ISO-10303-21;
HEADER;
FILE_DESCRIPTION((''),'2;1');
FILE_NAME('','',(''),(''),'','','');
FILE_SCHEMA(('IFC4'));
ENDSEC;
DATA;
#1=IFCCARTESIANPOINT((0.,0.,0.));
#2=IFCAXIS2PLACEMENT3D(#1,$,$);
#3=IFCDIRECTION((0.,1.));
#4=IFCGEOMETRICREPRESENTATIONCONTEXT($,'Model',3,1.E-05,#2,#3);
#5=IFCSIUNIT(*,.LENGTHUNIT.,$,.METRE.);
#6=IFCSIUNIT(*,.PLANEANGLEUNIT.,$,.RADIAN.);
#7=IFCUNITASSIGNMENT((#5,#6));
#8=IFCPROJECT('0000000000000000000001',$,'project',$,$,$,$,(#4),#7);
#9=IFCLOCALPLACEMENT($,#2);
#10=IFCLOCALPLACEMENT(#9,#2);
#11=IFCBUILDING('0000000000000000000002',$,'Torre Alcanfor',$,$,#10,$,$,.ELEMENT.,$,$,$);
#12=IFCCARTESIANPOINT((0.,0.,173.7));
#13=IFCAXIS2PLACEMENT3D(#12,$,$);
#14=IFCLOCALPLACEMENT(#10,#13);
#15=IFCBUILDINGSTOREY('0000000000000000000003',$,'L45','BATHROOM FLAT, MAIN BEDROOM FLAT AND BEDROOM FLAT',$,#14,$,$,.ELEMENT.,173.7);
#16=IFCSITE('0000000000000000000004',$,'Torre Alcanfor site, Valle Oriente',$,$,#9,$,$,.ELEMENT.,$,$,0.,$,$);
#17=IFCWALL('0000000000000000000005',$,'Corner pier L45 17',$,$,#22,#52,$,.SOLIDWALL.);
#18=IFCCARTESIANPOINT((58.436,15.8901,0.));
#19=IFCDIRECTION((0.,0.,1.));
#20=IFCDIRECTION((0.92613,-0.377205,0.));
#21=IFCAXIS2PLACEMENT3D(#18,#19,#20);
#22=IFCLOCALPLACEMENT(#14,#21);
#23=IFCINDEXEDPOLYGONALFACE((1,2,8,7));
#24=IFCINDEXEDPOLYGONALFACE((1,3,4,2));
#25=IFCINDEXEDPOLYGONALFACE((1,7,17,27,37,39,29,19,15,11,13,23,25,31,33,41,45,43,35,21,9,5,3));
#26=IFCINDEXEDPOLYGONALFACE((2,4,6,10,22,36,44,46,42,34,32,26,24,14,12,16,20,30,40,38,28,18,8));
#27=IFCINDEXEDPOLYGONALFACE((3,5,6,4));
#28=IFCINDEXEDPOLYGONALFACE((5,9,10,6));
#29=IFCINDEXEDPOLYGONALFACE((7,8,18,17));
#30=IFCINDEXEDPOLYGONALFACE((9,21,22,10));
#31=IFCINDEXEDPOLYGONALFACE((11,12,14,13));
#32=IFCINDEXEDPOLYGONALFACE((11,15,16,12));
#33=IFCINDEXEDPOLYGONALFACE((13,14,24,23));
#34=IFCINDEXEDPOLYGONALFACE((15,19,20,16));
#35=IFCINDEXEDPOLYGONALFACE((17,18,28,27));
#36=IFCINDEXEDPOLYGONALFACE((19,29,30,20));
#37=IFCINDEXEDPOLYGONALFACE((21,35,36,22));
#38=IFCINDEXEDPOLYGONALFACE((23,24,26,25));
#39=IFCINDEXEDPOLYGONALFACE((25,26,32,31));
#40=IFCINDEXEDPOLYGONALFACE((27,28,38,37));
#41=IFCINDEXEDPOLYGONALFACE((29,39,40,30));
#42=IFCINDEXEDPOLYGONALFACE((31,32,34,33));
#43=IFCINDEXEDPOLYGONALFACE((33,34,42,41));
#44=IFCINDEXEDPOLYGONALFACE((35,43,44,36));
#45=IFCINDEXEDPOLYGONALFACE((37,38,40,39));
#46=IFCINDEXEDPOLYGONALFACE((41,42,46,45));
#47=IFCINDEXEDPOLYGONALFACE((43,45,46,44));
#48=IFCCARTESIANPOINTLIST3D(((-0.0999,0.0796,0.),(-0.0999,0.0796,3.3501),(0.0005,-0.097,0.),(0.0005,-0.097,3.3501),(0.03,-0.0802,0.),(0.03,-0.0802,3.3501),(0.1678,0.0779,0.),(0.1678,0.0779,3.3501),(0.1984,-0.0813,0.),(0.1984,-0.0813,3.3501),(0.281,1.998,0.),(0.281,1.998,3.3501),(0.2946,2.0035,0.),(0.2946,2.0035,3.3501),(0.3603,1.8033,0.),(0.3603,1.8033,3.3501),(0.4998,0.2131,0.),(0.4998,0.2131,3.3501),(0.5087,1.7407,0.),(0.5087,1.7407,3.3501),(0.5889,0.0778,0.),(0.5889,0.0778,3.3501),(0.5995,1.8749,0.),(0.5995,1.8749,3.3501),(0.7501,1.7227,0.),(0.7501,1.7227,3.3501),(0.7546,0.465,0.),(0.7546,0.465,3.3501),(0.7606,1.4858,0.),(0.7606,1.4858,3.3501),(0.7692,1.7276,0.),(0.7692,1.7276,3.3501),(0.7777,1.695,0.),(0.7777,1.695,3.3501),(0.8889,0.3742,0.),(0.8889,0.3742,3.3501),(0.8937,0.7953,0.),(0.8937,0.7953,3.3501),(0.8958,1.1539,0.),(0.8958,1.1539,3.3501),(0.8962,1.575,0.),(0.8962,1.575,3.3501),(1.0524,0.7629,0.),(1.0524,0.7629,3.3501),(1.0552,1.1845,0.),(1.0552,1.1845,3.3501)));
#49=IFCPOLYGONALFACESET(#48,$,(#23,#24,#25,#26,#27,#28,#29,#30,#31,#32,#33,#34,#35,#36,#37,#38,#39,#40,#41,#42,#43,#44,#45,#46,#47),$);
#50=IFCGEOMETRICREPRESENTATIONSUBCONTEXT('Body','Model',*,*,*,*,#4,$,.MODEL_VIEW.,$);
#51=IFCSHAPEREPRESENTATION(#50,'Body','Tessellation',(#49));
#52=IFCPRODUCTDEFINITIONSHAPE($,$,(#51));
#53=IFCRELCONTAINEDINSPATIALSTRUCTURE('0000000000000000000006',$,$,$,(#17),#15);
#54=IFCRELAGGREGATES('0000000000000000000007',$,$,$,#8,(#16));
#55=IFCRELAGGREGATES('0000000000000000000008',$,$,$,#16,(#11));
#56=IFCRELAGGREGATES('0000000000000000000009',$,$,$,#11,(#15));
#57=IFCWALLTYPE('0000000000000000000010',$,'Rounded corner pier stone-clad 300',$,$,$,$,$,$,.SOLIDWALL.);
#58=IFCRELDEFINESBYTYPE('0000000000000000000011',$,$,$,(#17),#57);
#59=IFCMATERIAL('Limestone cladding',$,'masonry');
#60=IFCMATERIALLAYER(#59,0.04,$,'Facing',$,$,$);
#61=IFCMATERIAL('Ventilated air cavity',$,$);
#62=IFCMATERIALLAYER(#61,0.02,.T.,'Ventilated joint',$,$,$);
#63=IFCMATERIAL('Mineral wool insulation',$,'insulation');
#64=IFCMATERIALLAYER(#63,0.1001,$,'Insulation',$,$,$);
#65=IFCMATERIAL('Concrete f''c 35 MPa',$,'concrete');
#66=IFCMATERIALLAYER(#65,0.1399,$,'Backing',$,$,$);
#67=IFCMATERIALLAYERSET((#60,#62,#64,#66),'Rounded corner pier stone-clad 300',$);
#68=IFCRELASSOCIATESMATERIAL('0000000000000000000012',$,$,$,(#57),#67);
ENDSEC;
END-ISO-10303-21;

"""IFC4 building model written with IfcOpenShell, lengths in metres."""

from ifc_helpers import new_model, si_unit, direction, frame, origin, place, context, subcontext, project, spatial, polyline, outline, extrude, material, layer, layer_set, type_object, element, save


model = new_model("IFC4")

# Units and contexts
model_context = context("Model", 3, precision=1e-05, world=origin(), true_north=direction((0.0, 1.0)))
body_context = subcontext(model_context, "Body", "Model", "MODEL_VIEW")
ifc_project = project(units=[si_unit("LENGTHUNIT", "METRE"), si_unit("PLANEANGLEUNIT", "RADIAN")], contexts=[model_context])

# Site, building, storey
site_placement = place(None, origin())
site = spatial("IfcSite", under=ifc_project, at=site_placement, Name="Torre Alcanfor site, Valle Oriente", CompositionType="ELEMENT", RefElevation=0.0)
building_placement = place(site_placement, origin())
building = spatial("IfcBuilding", under=site, at=building_placement, Name="Torre Alcanfor", CompositionType="ELEMENT")
storey_placement = place(building_placement, frame((0.0, 0.0, 173.7)))
storey = spatial("IfcBuildingStorey", under=building, at=storey_placement, Name="L45", Description="BATHROOM FLAT, MAIN BEDROOM FLAT AND BEDROOM FLAT", CompositionType="ELEMENT", Elevation=173.7)

# Wall
ifc_material_1 = material(Name="Limestone cladding", Category="masonry")
ifc_layer_1 = layer(ifc_material_1, 0.04, Name="Facing")
ifc_material_2 = material(Name="Ventilated air cavity")
ifc_layer_2 = layer(ifc_material_2, 0.02, ventilated=True, Name="Ventilated joint")
ifc_material_3 = material(Name="Mineral wool insulation", Category="insulation")
ifc_layer_3 = layer(ifc_material_3, 0.1001, Name="Insulation")
ifc_material_4 = material(Name="Concrete f'c 35 MPa", Category="concrete")
ifc_layer_4 = layer(ifc_material_4, 0.1399, Name="Backing")
ifc_layer_set_1 = layer_set([ifc_layer_1, ifc_layer_2, ifc_layer_3, ifc_layer_4], Name="Rounded corner pier stone-clad 300")
wall_type_1 = type_object("IfcWallType", Name="Rounded corner pier stone-clad 300", PredefinedType="SOLIDWALL", material=ifc_layer_set_1)
wall_1_placement = place(storey_placement, frame((58.436, 15.8901, 0.0), z_axis=(0.0, 0.0, 1.0), x_axis=(0.92613, -0.377205, 0.0)))
element("IfcWall", 1, at=wall_1_placement, inside=storey, type_object=wall_type_1, Name="Corner pier L45 17", PredefinedType="SOLIDWALL", context=body_context, shape_type="SweptSolid", body=[
    extrude(outline(polyline([(0.7692, 1.7276), (0.7501, 1.7227), (0.5995, 1.8749), (0.2946, 2.0035), (0.281, 1.998), (0.3603, 1.8033), (0.5087, 1.7407), (0.7606, 1.4858), (0.8958, 1.1539), (0.8937, 0.7953), (0.7546, 0.465), (0.4998, 0.2131), (0.1678, 0.0779), (-0.0999, 0.0796), (0.0005, -0.097), (0.03, -0.0802), (0.1984, -0.0813), (0.5889, 0.0778), (0.8889, 0.3742), (1.0524, 0.7629), (1.0552, 1.1845), (0.8962, 1.575), (0.7777, 1.695), (0.7692, 1.7276)])), origin(), (0.0, 0.0, 1.0), 3.3501),
])

save(model, "model.ifc")
